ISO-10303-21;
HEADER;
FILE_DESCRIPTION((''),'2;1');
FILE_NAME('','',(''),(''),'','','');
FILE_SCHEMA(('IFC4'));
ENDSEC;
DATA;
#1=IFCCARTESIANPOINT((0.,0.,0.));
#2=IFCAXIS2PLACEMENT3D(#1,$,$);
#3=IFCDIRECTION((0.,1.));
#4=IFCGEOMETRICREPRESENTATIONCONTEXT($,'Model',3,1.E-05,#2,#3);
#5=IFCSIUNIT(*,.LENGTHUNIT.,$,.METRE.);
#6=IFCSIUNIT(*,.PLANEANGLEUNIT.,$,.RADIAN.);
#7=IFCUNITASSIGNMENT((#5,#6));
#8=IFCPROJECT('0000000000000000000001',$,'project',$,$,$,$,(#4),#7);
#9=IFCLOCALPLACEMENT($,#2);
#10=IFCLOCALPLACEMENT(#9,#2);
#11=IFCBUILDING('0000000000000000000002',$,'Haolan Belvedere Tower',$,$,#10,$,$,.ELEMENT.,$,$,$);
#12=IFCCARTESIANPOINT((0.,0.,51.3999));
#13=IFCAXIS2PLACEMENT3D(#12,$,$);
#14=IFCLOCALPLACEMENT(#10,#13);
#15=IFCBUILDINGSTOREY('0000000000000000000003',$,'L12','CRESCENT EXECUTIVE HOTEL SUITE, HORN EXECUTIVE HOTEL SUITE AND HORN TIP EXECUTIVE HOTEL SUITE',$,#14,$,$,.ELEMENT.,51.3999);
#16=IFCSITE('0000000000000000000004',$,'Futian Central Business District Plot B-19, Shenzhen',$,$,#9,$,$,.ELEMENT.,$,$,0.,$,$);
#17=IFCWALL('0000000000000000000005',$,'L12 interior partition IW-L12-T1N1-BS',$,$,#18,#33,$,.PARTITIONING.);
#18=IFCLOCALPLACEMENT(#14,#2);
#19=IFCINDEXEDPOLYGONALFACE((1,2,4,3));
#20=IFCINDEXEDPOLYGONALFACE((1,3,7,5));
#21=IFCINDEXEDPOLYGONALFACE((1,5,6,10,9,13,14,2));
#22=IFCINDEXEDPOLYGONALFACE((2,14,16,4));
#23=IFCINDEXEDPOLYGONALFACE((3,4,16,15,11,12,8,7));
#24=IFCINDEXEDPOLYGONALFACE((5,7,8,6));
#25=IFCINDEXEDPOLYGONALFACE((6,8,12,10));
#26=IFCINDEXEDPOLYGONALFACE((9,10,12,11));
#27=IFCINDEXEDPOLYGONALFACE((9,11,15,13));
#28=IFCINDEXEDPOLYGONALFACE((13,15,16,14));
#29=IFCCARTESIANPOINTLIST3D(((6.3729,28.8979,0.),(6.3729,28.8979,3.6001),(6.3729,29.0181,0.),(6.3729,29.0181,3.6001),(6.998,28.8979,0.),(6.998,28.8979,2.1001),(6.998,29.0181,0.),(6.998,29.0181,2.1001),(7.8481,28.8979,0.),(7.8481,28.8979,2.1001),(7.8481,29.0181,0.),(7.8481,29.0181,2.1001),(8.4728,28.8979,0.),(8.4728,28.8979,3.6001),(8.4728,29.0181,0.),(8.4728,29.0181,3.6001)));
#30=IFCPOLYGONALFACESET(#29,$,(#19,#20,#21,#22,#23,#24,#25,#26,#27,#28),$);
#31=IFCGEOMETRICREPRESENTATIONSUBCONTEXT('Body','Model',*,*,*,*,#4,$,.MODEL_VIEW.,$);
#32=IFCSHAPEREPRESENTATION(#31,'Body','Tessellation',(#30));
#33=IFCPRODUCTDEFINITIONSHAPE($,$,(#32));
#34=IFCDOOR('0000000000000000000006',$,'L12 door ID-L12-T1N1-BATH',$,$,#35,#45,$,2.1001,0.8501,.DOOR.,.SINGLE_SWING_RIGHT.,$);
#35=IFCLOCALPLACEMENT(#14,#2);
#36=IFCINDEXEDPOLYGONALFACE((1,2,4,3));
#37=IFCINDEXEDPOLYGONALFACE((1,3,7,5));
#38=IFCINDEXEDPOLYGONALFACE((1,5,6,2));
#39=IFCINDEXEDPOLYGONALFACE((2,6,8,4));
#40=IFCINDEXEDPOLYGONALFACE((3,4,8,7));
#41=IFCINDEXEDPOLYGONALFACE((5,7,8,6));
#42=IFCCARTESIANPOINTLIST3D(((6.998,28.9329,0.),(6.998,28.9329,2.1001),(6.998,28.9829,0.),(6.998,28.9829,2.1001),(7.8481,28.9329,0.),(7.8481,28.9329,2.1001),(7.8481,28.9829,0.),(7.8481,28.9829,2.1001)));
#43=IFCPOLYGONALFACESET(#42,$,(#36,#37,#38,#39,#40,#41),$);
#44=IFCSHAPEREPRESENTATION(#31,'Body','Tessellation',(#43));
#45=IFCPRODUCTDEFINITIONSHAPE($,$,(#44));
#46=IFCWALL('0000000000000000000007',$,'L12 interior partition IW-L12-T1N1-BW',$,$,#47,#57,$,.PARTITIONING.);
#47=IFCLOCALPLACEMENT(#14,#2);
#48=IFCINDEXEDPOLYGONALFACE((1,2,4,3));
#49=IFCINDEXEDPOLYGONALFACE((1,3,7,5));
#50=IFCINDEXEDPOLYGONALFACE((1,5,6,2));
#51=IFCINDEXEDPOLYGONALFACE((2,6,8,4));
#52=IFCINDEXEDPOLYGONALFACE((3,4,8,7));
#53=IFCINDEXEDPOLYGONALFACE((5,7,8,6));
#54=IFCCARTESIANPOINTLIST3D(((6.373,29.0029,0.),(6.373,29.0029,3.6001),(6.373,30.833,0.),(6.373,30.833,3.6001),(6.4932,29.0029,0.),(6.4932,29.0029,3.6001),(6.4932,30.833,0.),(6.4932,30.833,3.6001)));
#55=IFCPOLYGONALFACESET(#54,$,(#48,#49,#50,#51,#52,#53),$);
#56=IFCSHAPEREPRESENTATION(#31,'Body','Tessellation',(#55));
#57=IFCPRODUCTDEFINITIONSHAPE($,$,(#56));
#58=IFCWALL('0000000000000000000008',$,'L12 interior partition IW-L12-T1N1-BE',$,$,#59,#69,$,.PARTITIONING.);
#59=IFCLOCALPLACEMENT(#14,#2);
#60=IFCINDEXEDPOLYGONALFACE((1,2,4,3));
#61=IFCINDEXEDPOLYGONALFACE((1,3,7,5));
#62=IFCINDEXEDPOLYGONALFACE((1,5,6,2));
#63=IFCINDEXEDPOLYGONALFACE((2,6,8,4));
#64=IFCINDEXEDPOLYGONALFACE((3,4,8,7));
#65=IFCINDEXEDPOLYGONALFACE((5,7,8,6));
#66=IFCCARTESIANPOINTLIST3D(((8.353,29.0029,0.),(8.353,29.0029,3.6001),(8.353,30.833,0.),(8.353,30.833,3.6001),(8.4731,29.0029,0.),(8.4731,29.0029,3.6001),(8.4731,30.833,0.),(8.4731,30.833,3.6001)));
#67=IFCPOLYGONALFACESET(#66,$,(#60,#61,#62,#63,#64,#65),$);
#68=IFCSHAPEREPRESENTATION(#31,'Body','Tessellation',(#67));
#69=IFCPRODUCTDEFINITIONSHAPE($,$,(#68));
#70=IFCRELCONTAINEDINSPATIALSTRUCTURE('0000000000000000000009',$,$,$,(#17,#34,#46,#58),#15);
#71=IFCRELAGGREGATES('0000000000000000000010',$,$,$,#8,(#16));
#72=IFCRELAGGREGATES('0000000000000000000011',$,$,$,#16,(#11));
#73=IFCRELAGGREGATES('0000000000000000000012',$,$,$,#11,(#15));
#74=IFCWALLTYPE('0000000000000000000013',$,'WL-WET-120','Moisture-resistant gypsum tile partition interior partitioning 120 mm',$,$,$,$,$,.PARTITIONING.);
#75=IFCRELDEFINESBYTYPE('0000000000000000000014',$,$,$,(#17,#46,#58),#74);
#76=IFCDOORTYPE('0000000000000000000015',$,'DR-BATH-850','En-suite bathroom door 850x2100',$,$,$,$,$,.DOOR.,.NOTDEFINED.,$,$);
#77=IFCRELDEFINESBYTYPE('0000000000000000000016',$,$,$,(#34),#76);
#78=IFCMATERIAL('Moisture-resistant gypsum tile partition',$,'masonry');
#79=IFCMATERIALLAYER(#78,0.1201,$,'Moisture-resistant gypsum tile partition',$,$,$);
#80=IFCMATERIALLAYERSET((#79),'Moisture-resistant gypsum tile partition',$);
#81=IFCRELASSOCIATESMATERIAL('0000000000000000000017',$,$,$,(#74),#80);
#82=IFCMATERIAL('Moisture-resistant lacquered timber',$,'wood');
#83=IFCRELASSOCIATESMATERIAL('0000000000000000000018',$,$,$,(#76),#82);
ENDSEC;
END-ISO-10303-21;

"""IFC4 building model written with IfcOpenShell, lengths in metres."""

from ifc_helpers import new_model, si_unit, direction, frame, frame_2d, origin, place, context, subcontext, project, spatial, rectangle, extrude, material, layer, layer_set, type_object, element, fill, save


model = new_model("IFC4")

# Units and contexts
model_context = context("Model", 3, precision=1e-05, world=origin(), true_north=direction((0.0, 1.0)))
body_context = subcontext(model_context, "Body", "Model", "MODEL_VIEW")
ifc_project = project(units=[si_unit("LENGTHUNIT", "METRE"), si_unit("PLANEANGLEUNIT", "RADIAN")], contexts=[model_context])

# Site, building, storey
site_placement = place(None, origin())
site = spatial("IfcSite", under=ifc_project, at=site_placement, Name="Futian Central Business District Plot B-19, Shenzhen", CompositionType="ELEMENT", RefElevation=0.0)
building_placement = place(site_placement, origin())
building = spatial("IfcBuilding", under=site, at=building_placement, Name="Haolan Belvedere Tower", CompositionType="ELEMENT")
storey_placement = place(building_placement, frame((0.0, 0.0, 51.3999)))
storey = spatial("IfcBuildingStorey", under=building, at=storey_placement, Name="L12", Description="CRESCENT EXECUTIVE HOTEL SUITE, HORN EXECUTIVE HOTEL SUITE AND HORN TIP EXECUTIVE HOTEL SUITE", CompositionType="ELEMENT", Elevation=51.3999)

# Shared definitions
ifc_material_1 = material(Name="Moisture-resistant gypsum tile partition", Category="masonry")
ifc_layer_1 = layer(ifc_material_1, 0.1201, Name="Moisture-resistant gypsum tile partition")
ifc_layer_set_1 = layer_set([ifc_layer_1], Name="Moisture-resistant gypsum tile partition")
wall_type_1 = type_object("IfcWallType", Name="WL-WET-120", Description="Moisture-resistant gypsum tile partition interior partitioning 120 mm", PredefinedType="PARTITIONING", material=ifc_layer_set_1)

# Shared definitions
ifc_material_2 = material(Name="Moisture-resistant lacquered timber", Category="wood")
door_type = type_object("IfcDoorType", Name="DR-BATH-850", Description="En-suite bathroom door 850x2100", OperationType="NOTDEFINED", PredefinedType="DOOR", material=ifc_material_2)

# Wall, opening, door
wall_1_placement = place(storey_placement, frame((6.373, 28.958, 0.0), z_axis=(0.0, 0.0, 1.0), x_axis=(1.0, 0.0, 0.0)))
wall_1 = element("IfcWall", 1, at=wall_1_placement, inside=storey, type_object=wall_type_1, Name="L12 interior partition IW-L12-T1N1-BS", PredefinedType="PARTITIONING", context=body_context, shape_type="SweptSolid", body=[
    extrude(rectangle(XDim=2.0999, YDim=0.1201, at=frame_2d((1.0498, 0.0))), origin(), (0.0, 0.0, 1.0), 3.6001),
])
opening_1_placement = place(wall_1_placement, frame((0.625, 0.0, 0.0)))
opening_1 = element("IfcOpeningElement", 2, at=opening_1_placement, cuts=wall_1, PredefinedType="OPENING", context=body_context, shape_type="SweptSolid", body=[
    extrude(rectangle(XDim=0.8501, YDim=2.1001, at=frame_2d((0.425, 1.05))), frame((0.0, 0.0701, 0.0), z_axis=(0.0, -1.0, 0.0), x_axis=(1.0, 0.0, 0.0)), (0.0, 0.0, 1.0), 0.1401),
])
door_1_placement = place(opening_1_placement, origin())
door_1 = element("IfcDoor", 3, at=door_1_placement, inside=storey, type_object=door_type, Name="L12 door ID-L12-T1N1-BATH", OperationType="SINGLE_SWING_RIGHT", OverallHeight=2.1001, OverallWidth=0.8501, PredefinedType="DOOR", context=body_context, shape_type="SweptSolid", body=[
    extrude(rectangle(XDim=0.8501, YDim=2.1001, at=frame_2d((0.425, 1.05))), frame((0.0, 0.0249, 0.0), z_axis=(0.0, -1.0, 0.0), x_axis=(1.0, 0.0, 0.0)), (0.0, 0.0, 1.0), 0.05),
])
fill(opening_1, door_1)

# Walls
for number, where, z_axis, x_axis, name in (
    (4, (6.4331, 29.0029, 0.0), (0.0, 0.0, 1.0), (0.0, 1.0, 0.0), "L12 interior partition IW-L12-T1N1-BW"),
    (5, (8.4131, 29.0029, 0.0), (0.0, 0.0, 1.0), (0.0, 1.0, 0.0), "L12 interior partition IW-L12-T1N1-BE"),
):
    element("IfcWall", number, at=place(storey_placement, frame(where, z_axis=z_axis, x_axis=x_axis)), inside=storey, type_object=wall_type_1, Name=name, PredefinedType="PARTITIONING", context=body_context, shape_type="SweptSolid", body=[
        extrude(rectangle(XDim=1.8301, YDim=0.1201, at=frame_2d((0.915, 0.0))), origin(), (0.0, 0.0, 1.0), 3.6001),
    ])

save(model, "model.ifc")
